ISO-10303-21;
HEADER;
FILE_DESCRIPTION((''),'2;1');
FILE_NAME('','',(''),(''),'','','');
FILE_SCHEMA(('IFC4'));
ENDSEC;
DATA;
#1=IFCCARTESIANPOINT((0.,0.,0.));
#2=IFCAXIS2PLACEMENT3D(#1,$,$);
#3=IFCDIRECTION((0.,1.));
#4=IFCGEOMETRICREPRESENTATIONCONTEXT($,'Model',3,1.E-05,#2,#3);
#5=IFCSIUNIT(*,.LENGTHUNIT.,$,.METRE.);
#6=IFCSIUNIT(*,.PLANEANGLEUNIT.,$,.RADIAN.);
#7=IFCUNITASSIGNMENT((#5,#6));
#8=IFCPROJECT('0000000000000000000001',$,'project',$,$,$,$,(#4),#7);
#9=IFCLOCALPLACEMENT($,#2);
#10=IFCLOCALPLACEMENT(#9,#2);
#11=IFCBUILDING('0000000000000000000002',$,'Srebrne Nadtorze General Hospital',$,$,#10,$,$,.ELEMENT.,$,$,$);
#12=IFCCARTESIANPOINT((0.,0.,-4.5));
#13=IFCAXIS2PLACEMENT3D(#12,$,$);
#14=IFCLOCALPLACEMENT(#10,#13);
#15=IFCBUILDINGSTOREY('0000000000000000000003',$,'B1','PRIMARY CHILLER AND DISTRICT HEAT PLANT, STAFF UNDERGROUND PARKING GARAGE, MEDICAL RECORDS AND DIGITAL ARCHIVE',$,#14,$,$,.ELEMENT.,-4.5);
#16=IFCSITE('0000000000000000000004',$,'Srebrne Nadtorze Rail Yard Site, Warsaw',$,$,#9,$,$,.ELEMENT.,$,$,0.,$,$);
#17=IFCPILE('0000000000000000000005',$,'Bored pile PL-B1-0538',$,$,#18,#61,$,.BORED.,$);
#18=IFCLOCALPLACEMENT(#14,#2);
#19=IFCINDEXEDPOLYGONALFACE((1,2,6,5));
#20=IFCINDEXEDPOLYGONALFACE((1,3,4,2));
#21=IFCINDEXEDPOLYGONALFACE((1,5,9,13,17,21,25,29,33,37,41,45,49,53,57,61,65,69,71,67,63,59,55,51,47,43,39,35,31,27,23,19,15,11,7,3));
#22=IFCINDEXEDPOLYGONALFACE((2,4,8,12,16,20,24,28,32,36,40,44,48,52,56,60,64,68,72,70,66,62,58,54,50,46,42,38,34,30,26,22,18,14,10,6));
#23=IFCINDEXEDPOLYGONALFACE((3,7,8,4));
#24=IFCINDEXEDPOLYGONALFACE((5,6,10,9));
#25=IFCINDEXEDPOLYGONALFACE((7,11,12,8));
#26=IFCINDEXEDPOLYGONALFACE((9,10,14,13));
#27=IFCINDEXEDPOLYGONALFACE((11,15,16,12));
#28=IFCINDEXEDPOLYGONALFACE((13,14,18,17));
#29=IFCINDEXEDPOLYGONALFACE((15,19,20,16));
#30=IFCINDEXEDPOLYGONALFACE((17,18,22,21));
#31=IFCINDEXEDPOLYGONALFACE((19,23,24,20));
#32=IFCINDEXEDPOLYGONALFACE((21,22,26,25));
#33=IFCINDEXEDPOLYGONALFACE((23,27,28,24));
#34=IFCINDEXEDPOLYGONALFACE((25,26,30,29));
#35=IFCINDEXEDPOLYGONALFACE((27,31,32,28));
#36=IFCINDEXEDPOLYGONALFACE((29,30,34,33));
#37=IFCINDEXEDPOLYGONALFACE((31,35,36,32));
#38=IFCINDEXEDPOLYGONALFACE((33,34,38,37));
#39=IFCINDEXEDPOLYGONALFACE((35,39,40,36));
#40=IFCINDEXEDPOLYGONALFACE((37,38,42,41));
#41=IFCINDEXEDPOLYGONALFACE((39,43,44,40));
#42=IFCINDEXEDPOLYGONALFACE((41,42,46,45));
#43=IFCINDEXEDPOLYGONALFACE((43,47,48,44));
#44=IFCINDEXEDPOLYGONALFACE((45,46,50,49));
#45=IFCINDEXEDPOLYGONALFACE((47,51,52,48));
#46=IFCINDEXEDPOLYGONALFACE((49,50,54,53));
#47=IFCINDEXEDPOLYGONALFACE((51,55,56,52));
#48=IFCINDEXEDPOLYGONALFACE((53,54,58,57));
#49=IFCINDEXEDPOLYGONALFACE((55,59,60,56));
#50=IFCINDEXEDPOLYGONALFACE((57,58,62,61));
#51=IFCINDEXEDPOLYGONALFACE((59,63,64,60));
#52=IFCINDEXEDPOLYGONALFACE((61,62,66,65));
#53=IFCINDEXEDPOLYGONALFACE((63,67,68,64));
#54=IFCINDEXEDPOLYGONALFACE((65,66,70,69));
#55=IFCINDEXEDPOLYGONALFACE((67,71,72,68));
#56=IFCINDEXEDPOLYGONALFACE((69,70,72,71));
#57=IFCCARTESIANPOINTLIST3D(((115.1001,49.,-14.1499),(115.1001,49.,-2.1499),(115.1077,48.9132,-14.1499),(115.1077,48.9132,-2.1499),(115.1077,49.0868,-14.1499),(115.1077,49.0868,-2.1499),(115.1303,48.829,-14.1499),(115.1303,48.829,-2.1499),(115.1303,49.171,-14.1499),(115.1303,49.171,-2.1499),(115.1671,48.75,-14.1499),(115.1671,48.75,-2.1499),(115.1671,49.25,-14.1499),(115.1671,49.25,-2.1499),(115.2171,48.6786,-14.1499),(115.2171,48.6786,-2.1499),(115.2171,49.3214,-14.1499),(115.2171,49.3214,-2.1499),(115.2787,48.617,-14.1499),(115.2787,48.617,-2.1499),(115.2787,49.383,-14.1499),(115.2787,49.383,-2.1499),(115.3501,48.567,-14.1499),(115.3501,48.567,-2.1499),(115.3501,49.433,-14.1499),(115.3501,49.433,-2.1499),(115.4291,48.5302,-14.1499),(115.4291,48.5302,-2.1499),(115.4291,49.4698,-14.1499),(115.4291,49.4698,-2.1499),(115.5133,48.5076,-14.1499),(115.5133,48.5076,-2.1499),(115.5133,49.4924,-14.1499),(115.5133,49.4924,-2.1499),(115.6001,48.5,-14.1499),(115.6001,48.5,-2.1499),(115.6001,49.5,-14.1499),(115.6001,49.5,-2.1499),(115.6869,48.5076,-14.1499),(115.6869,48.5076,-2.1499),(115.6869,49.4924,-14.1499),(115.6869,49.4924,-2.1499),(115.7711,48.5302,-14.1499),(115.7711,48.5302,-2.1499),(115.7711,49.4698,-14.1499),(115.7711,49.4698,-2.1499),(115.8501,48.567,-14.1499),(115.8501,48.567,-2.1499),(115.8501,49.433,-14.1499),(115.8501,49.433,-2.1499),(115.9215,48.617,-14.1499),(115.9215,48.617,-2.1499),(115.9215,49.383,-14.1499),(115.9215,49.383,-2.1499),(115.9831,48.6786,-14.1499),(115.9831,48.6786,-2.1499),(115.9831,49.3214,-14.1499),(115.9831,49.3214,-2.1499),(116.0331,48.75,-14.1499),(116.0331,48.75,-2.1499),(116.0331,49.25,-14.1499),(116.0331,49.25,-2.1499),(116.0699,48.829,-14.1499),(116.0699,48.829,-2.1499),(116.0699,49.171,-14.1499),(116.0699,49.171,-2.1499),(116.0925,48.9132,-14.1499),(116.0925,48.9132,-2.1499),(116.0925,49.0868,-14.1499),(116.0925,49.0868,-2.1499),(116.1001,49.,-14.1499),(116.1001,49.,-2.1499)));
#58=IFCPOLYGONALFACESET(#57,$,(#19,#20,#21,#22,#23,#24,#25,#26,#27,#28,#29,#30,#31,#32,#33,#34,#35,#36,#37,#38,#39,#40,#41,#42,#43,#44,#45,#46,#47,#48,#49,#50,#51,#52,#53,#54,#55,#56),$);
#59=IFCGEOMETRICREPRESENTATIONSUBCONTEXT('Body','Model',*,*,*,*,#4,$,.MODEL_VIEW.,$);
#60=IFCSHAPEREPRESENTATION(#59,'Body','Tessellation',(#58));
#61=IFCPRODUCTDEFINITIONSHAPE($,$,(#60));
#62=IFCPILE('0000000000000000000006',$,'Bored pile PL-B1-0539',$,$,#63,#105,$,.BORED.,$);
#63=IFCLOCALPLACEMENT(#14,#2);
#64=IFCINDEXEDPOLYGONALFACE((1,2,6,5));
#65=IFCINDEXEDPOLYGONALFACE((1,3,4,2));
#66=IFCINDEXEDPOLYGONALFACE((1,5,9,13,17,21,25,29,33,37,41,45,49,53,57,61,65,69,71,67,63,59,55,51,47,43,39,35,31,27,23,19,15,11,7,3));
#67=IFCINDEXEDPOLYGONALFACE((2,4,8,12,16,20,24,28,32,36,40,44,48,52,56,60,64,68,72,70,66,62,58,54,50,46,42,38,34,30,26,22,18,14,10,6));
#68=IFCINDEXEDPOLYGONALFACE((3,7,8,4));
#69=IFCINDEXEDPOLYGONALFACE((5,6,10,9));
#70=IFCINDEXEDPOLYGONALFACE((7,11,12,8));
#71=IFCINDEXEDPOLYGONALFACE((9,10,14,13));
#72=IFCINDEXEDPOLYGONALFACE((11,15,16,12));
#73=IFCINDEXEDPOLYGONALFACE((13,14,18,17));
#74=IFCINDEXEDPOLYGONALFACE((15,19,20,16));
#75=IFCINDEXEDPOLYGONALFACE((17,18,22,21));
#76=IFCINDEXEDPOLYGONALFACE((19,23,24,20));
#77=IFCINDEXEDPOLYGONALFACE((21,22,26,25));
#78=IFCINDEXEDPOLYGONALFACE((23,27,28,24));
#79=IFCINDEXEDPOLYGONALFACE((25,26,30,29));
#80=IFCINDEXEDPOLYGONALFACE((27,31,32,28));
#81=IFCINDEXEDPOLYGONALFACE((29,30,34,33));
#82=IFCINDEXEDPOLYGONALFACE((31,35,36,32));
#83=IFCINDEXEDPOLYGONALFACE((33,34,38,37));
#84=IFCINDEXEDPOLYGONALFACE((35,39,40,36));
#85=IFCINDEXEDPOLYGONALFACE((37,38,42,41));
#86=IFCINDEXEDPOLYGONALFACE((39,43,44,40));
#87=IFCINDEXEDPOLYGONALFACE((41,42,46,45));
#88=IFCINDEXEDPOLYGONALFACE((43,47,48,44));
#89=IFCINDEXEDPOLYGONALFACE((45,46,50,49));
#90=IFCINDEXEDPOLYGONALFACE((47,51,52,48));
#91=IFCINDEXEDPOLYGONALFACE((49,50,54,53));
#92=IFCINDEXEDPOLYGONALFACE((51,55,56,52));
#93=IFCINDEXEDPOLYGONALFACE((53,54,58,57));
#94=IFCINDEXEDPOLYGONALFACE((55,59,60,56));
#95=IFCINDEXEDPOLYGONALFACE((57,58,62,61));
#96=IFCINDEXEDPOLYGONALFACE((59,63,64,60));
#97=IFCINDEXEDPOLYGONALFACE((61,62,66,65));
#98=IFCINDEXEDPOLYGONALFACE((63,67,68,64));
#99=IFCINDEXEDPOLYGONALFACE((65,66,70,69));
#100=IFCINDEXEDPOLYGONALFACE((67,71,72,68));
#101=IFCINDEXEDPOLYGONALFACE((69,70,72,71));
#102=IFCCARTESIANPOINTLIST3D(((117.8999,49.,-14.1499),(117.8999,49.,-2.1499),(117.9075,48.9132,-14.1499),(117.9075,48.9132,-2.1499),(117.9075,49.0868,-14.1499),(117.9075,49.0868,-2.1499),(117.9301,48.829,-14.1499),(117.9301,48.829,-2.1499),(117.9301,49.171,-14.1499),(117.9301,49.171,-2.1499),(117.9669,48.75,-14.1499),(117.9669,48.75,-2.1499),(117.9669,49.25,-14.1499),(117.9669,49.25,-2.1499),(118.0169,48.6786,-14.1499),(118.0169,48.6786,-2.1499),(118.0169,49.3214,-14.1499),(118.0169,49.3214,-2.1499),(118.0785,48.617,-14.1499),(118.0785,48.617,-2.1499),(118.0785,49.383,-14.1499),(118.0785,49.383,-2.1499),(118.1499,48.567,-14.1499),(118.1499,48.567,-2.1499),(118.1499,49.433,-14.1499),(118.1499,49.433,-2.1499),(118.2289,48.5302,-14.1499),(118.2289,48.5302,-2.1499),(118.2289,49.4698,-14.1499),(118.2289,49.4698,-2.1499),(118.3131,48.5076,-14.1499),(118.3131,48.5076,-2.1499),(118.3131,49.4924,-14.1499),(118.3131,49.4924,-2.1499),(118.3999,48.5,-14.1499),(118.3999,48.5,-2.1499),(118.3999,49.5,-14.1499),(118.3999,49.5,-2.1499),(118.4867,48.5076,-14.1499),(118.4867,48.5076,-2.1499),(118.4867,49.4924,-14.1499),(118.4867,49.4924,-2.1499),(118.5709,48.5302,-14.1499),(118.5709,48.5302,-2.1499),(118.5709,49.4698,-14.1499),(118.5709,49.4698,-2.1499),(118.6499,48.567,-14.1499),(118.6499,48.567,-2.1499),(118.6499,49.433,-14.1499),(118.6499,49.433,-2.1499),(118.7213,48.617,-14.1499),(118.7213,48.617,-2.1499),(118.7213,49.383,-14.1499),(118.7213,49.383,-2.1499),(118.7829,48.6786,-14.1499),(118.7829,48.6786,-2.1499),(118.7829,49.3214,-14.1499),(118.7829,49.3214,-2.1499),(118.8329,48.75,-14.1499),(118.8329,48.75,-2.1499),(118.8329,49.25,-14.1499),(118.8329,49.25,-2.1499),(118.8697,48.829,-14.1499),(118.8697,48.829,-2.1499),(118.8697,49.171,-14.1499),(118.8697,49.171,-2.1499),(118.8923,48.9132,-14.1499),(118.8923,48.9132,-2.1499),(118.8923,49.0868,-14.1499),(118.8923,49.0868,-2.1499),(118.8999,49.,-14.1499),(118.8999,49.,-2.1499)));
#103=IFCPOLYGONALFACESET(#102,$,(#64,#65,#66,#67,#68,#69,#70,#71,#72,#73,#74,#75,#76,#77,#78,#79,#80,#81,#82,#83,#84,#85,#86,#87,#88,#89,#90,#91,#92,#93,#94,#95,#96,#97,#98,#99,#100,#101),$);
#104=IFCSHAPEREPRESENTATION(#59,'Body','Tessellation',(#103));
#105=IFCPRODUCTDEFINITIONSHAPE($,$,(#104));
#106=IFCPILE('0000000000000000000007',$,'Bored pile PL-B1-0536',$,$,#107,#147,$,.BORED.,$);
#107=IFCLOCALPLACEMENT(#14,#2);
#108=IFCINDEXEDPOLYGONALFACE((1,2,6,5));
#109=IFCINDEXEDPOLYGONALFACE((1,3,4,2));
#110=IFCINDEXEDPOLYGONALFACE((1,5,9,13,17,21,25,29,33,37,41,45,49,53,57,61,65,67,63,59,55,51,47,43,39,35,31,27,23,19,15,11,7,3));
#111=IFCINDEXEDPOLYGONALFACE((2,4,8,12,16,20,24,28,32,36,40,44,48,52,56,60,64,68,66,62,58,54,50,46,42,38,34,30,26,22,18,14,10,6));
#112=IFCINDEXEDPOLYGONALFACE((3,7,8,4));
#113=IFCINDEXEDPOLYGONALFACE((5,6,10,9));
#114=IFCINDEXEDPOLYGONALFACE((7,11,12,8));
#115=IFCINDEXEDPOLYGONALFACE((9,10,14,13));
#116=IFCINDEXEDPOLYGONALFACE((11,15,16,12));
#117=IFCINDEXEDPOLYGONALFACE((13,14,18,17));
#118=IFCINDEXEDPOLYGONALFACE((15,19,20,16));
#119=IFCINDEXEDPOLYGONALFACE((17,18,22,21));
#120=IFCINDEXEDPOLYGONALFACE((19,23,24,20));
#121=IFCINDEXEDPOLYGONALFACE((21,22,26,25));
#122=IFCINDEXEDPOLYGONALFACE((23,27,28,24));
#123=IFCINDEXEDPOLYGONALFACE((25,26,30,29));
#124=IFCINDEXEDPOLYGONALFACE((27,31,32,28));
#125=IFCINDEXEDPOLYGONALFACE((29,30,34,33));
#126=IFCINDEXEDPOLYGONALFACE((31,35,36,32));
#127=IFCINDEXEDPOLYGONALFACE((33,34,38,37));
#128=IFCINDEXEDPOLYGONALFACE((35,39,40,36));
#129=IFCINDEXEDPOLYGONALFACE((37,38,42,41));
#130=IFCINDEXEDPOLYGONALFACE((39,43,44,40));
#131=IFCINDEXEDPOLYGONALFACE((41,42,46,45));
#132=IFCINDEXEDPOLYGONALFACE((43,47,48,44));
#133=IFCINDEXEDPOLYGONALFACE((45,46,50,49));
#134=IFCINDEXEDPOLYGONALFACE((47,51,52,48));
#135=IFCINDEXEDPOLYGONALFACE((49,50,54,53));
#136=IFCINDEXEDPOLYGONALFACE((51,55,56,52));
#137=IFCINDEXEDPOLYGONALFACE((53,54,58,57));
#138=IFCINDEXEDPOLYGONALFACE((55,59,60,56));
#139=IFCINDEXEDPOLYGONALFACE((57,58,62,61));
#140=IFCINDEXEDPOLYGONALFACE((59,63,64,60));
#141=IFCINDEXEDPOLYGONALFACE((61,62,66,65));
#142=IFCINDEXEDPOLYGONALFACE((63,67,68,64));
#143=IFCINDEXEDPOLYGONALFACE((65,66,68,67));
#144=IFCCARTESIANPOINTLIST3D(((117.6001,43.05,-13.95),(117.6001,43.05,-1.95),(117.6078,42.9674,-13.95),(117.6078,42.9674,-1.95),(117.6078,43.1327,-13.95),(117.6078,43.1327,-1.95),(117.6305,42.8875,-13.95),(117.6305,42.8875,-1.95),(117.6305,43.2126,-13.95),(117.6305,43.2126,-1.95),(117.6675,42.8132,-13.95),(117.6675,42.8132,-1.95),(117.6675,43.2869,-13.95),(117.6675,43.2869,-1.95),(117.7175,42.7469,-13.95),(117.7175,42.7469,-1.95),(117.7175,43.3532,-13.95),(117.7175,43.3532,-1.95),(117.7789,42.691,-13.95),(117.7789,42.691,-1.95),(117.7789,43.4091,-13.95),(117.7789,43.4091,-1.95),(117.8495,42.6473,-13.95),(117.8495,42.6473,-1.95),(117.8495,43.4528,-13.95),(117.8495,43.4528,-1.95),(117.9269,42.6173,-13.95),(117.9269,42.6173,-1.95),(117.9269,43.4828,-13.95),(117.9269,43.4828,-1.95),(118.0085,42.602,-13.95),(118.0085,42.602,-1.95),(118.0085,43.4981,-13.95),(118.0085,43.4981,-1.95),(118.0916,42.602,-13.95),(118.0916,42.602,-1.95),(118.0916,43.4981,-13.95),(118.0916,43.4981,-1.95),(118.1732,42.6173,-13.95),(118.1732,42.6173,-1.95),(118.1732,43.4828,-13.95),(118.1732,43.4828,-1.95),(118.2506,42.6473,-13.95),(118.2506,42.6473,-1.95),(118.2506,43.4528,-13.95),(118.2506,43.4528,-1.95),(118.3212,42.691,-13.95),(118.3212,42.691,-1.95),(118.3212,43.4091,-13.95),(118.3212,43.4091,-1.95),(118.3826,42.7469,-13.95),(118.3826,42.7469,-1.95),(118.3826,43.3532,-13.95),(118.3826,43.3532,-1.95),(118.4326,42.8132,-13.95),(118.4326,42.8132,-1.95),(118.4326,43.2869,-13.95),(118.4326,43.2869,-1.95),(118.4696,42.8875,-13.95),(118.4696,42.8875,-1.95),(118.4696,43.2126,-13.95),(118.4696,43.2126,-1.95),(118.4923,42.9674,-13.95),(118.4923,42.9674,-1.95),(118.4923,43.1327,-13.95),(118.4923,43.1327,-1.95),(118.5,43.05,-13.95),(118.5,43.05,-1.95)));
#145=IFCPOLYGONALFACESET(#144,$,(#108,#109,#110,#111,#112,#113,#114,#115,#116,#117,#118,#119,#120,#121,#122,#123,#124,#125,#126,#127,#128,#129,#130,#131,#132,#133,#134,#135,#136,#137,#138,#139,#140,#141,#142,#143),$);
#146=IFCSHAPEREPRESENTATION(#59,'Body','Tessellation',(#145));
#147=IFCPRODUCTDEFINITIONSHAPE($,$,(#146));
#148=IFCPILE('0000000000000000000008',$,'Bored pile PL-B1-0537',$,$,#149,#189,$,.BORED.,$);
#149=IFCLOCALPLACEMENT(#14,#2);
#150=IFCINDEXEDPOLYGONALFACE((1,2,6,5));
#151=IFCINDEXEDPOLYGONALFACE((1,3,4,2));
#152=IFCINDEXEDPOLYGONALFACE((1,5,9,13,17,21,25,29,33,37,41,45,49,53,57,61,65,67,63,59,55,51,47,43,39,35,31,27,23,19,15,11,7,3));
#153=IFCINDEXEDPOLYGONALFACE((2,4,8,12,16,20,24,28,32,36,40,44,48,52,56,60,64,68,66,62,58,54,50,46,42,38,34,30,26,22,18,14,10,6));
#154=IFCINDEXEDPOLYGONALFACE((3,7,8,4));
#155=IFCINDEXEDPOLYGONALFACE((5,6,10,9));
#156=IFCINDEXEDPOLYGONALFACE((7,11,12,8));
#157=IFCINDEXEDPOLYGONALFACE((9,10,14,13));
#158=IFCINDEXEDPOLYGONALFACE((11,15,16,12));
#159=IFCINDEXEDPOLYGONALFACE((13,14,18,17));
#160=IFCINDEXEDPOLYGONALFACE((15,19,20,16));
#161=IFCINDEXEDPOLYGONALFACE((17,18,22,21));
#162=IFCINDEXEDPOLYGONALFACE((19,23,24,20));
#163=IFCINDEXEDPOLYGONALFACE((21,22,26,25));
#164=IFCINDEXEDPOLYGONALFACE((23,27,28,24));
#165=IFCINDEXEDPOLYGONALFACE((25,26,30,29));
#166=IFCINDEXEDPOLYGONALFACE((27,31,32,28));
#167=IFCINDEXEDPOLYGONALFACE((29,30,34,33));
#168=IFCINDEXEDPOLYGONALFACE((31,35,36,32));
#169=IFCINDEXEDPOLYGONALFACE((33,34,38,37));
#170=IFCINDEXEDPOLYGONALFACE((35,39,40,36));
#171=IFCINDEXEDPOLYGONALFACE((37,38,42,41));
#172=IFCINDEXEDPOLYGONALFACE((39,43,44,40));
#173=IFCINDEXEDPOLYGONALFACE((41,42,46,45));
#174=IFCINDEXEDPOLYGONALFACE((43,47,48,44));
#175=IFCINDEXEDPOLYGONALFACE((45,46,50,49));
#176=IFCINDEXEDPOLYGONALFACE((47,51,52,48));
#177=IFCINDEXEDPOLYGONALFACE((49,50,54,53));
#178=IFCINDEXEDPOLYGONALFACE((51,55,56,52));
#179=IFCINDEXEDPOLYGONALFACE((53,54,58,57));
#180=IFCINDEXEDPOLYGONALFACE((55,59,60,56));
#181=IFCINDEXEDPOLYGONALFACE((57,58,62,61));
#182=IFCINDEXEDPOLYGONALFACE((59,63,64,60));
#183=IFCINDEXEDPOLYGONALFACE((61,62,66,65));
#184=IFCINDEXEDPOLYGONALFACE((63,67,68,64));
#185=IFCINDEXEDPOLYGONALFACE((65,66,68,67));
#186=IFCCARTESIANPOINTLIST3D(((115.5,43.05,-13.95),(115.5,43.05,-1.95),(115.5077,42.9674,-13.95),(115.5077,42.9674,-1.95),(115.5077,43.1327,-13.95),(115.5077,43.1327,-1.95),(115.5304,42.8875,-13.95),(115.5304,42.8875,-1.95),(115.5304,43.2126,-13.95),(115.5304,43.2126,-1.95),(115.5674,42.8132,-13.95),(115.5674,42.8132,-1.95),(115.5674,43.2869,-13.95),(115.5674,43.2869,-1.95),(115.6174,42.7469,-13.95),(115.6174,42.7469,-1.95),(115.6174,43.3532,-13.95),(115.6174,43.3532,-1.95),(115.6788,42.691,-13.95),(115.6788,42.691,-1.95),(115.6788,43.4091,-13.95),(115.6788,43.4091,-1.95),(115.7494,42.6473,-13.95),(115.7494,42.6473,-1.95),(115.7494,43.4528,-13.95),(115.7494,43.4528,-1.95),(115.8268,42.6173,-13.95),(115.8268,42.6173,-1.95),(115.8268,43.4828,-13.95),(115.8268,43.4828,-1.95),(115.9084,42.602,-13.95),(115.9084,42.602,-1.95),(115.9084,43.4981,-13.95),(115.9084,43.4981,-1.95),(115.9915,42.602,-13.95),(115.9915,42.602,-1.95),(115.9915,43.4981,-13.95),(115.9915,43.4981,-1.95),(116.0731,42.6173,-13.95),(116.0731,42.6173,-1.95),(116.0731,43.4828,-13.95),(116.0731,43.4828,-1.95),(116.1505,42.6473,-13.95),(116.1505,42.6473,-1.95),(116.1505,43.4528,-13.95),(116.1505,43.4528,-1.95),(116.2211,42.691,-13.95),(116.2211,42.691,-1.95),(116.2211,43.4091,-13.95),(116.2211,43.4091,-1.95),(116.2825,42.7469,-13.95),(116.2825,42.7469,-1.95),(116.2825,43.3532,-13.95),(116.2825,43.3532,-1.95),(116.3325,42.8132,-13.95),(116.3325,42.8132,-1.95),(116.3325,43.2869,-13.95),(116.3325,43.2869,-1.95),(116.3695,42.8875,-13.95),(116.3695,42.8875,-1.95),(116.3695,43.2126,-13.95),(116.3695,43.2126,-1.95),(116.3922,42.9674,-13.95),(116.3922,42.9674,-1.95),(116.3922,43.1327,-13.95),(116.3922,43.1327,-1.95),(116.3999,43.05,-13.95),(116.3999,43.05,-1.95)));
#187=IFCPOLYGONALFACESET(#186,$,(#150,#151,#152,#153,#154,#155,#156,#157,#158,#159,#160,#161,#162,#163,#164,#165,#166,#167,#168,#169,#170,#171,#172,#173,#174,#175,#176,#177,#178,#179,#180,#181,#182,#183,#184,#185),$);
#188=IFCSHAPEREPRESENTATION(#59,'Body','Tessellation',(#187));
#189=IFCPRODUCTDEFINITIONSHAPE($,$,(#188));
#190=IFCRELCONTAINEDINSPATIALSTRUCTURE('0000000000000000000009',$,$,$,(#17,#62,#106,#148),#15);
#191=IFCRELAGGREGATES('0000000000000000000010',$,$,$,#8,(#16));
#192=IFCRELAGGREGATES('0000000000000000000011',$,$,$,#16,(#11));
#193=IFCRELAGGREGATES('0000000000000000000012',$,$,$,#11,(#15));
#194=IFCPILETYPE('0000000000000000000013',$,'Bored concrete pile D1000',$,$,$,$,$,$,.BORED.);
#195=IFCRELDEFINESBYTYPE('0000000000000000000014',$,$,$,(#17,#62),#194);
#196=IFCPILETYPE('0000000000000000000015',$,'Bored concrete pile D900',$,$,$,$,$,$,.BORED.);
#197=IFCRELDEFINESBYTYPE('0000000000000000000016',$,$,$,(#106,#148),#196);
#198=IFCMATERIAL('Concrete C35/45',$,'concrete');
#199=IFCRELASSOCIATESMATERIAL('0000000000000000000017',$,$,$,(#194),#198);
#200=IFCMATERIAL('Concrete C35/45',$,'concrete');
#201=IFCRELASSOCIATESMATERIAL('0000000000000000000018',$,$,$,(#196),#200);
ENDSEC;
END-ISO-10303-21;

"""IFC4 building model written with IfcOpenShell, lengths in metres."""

from ifc_helpers import new_model, si_unit, direction, frame, origin, origin_2d, place, context, subcontext, project, spatial, circle, extrude, material, material_profile, profile_set, type_object, element, save


model = new_model("IFC4")

# Units and contexts
model_context = context("Model", 3, precision=1e-05, world=origin(), true_north=direction((0.0, 1.0)))
body_context = subcontext(model_context, "Body", "Model", "MODEL_VIEW")
ifc_project = project(units=[si_unit("LENGTHUNIT", "METRE"), si_unit("PLANEANGLEUNIT", "RADIAN")], contexts=[model_context])

# Site, building, storey
site_placement = place(None, origin())
site = spatial("IfcSite", under=ifc_project, at=site_placement, Name="Srebrne Nadtorze Rail Yard Site, Warsaw", CompositionType="ELEMENT", RefElevation=0.0)
building_placement = place(site_placement, origin())
building = spatial("IfcBuilding", under=site, at=building_placement, Name="Srebrne Nadtorze General Hospital", CompositionType="ELEMENT")
storey_placement = place(building_placement, frame((0.0, 0.0, -4.5)))
storey = spatial("IfcBuildingStorey", under=building, at=storey_placement, Name="B1", Description="PRIMARY CHILLER AND DISTRICT HEAT PLANT, STAFF UNDERGROUND PARKING GARAGE, MEDICAL RECORDS AND DIGITAL ARCHIVE", CompositionType="ELEMENT", Elevation=-4.5)

# Piles
ifc_material_1 = material(Name="Concrete C35/45", Category="concrete")
ifc_material_profile_1 = material_profile(ifc_material_1, circle(Radius=0.5, at=origin_2d()), Name="PILE-D1000")
ifc_profile_set_1 = profile_set([ifc_material_profile_1], Name="Concrete C35/45")
pile_type_1 = type_object("IfcPileType", Name="Bored concrete pile D1000", PredefinedType="BORED", material=ifc_profile_set_1)
for number, where, z_axis, x_axis, name in (
    (1, (115.6001, 49.0, -2.1499), (0.0, 0.0, -1.0), (1.0, 0.0, 0.0), "Bored pile PL-B1-0538"),
    (2, (118.3999, 49.0, -2.1499), (0.0, 0.0, -1.0), (1.0, 0.0, 0.0), "Bored pile PL-B1-0539"),
):
    element("IfcPile", number, at=place(storey_placement, frame(where, z_axis=z_axis, x_axis=x_axis)), inside=storey, type_object=pile_type_1, Name=name, PredefinedType="BORED", context=body_context, shape_type="SweptSolid", body=[
        extrude(circle(Radius=0.5, at=origin_2d()), origin(), (0.0, 0.0, 1.0), 12.0),
    ])
ifc_material_2 = material(Name="Concrete C35/45", Category="concrete")
ifc_material_profile_2 = material_profile(ifc_material_2, circle(Radius=0.45, at=origin_2d()), Name="PILE-D900")
ifc_profile_set_2 = profile_set([ifc_material_profile_2], Name="Concrete C35/45")
pile_type_2 = type_object("IfcPileType", Name="Bored concrete pile D900", PredefinedType="BORED", material=ifc_profile_set_2)
for number, where, z_axis, x_axis, name in (
    (3, (118.05, 43.05, -1.95), (0.0, 0.0, -1.0), (1.0, 0.0, 0.0), "Bored pile PL-B1-0536"),
    (4, (115.95, 43.05, -1.95), (0.0, 0.0, -1.0), (1.0, 0.0, 0.0), "Bored pile PL-B1-0537"),
):
    element("IfcPile", number, at=place(storey_placement, frame(where, z_axis=z_axis, x_axis=x_axis)), inside=storey, type_object=pile_type_2, Name=name, PredefinedType="BORED", context=body_context, shape_type="SweptSolid", body=[
        extrude(circle(Radius=0.45, at=origin_2d()), origin(), (0.0, 0.0, 1.0), 12.0),
    ])

save(model, "model.ifc")
